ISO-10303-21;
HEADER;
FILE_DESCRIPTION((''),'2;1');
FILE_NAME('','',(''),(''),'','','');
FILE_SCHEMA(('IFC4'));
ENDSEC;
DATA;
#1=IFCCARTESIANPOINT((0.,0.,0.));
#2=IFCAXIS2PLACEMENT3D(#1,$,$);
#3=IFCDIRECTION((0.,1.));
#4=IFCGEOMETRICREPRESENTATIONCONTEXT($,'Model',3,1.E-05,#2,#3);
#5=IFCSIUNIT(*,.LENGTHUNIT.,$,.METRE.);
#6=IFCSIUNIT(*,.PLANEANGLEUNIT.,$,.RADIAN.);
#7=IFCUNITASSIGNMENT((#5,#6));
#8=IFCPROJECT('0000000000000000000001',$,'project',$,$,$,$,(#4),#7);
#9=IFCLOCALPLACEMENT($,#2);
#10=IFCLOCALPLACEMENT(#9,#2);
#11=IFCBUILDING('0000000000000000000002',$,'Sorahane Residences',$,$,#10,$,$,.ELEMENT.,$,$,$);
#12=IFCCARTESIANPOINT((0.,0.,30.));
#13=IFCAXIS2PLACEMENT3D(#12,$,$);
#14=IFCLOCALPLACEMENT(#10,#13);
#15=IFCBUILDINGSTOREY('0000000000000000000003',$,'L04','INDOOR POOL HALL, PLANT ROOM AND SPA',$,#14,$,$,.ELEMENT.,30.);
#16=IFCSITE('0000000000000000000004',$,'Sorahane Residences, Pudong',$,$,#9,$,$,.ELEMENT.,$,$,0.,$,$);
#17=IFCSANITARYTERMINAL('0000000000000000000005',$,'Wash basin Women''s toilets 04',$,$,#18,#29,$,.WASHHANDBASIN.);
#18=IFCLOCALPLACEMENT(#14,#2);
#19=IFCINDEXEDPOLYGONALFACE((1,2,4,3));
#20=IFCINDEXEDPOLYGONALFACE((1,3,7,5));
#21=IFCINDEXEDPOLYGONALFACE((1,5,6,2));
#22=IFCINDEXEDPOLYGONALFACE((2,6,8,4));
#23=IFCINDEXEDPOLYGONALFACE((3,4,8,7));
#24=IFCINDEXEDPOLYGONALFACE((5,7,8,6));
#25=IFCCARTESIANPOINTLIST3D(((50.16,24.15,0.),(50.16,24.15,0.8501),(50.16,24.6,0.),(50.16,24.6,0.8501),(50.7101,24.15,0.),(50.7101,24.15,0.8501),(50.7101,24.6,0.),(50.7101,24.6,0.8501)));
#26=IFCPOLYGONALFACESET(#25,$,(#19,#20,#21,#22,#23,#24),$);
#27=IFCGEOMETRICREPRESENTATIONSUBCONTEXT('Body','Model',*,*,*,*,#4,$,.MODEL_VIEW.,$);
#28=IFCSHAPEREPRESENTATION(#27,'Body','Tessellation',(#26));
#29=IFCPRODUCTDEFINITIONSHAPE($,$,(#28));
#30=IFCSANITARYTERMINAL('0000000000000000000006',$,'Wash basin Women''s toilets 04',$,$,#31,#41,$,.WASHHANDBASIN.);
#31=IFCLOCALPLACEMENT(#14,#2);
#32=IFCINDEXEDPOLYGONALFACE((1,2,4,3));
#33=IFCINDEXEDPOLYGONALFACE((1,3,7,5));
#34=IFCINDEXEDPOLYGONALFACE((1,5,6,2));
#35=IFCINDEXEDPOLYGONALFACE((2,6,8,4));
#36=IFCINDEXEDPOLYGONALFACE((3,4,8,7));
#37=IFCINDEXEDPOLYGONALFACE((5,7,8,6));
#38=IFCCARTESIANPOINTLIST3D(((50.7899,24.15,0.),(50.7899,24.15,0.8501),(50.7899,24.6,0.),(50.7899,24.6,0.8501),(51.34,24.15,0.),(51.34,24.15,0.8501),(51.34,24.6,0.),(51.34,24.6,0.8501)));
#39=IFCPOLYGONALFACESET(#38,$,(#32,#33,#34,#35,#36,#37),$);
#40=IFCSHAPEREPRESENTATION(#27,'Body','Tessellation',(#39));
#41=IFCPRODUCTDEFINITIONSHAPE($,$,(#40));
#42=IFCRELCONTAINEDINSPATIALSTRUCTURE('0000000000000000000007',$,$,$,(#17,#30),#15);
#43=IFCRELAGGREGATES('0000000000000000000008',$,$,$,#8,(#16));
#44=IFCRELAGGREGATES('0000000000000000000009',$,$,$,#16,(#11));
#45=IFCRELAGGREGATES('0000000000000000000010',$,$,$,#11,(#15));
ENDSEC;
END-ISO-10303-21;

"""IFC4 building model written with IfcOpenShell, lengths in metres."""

from ifc_helpers import new_model, si_unit, direction, frame, origin, origin_2d, place, context, subcontext, project, spatial, rectangle, extrude, element, save


model = new_model("IFC4")

# Units and contexts
model_context = context("Model", 3, precision=1e-05, world=origin(), true_north=direction((0.0, 1.0)))
body_context = subcontext(model_context, "Body", "Model", "MODEL_VIEW")
ifc_project = project(units=[si_unit("LENGTHUNIT", "METRE"), si_unit("PLANEANGLEUNIT", "RADIAN")], contexts=[model_context])

# Site, building, storey
site_placement = place(None, origin())
site = spatial("IfcSite", under=ifc_project, at=site_placement, Name="Sorahane Residences, Pudong", CompositionType="ELEMENT", RefElevation=0.0)
building_placement = place(site_placement, origin())
building = spatial("IfcBuilding", under=site, at=building_placement, Name="Sorahane Residences", CompositionType="ELEMENT")
storey_placement = place(building_placement, frame((0.0, 0.0, 30.0)))
storey = spatial("IfcBuildingStorey", under=building, at=storey_placement, Name="L04", Description="INDOOR POOL HALL, PLANT ROOM AND SPA", CompositionType="ELEMENT", Elevation=30.0)

# Sanitary terminals
for number, where, z_axis, x_axis, name in (
    (1, (50.4351, 24.375, 0.0), (0.0, 0.0, 1.0), (1.0, 0.0, 0.0), "Wash basin Women's toilets 04"),
    (2, (51.0649, 24.375, 0.0), (0.0, 0.0, 1.0), (1.0, 0.0, 0.0), "Wash basin Women's toilets 04"),
):
    element("IfcSanitaryTerminal", number, at=place(storey_placement, frame(where, z_axis=z_axis, x_axis=x_axis)), inside=storey, Name=name, PredefinedType="WASHHANDBASIN", context=body_context, shape_type="SweptSolid", body=[
        extrude(rectangle(XDim=0.55, YDim=0.45, at=origin_2d()), origin(), (0.0, 0.0, 1.0), 0.8501),
    ])

save(model, "model.ifc")
